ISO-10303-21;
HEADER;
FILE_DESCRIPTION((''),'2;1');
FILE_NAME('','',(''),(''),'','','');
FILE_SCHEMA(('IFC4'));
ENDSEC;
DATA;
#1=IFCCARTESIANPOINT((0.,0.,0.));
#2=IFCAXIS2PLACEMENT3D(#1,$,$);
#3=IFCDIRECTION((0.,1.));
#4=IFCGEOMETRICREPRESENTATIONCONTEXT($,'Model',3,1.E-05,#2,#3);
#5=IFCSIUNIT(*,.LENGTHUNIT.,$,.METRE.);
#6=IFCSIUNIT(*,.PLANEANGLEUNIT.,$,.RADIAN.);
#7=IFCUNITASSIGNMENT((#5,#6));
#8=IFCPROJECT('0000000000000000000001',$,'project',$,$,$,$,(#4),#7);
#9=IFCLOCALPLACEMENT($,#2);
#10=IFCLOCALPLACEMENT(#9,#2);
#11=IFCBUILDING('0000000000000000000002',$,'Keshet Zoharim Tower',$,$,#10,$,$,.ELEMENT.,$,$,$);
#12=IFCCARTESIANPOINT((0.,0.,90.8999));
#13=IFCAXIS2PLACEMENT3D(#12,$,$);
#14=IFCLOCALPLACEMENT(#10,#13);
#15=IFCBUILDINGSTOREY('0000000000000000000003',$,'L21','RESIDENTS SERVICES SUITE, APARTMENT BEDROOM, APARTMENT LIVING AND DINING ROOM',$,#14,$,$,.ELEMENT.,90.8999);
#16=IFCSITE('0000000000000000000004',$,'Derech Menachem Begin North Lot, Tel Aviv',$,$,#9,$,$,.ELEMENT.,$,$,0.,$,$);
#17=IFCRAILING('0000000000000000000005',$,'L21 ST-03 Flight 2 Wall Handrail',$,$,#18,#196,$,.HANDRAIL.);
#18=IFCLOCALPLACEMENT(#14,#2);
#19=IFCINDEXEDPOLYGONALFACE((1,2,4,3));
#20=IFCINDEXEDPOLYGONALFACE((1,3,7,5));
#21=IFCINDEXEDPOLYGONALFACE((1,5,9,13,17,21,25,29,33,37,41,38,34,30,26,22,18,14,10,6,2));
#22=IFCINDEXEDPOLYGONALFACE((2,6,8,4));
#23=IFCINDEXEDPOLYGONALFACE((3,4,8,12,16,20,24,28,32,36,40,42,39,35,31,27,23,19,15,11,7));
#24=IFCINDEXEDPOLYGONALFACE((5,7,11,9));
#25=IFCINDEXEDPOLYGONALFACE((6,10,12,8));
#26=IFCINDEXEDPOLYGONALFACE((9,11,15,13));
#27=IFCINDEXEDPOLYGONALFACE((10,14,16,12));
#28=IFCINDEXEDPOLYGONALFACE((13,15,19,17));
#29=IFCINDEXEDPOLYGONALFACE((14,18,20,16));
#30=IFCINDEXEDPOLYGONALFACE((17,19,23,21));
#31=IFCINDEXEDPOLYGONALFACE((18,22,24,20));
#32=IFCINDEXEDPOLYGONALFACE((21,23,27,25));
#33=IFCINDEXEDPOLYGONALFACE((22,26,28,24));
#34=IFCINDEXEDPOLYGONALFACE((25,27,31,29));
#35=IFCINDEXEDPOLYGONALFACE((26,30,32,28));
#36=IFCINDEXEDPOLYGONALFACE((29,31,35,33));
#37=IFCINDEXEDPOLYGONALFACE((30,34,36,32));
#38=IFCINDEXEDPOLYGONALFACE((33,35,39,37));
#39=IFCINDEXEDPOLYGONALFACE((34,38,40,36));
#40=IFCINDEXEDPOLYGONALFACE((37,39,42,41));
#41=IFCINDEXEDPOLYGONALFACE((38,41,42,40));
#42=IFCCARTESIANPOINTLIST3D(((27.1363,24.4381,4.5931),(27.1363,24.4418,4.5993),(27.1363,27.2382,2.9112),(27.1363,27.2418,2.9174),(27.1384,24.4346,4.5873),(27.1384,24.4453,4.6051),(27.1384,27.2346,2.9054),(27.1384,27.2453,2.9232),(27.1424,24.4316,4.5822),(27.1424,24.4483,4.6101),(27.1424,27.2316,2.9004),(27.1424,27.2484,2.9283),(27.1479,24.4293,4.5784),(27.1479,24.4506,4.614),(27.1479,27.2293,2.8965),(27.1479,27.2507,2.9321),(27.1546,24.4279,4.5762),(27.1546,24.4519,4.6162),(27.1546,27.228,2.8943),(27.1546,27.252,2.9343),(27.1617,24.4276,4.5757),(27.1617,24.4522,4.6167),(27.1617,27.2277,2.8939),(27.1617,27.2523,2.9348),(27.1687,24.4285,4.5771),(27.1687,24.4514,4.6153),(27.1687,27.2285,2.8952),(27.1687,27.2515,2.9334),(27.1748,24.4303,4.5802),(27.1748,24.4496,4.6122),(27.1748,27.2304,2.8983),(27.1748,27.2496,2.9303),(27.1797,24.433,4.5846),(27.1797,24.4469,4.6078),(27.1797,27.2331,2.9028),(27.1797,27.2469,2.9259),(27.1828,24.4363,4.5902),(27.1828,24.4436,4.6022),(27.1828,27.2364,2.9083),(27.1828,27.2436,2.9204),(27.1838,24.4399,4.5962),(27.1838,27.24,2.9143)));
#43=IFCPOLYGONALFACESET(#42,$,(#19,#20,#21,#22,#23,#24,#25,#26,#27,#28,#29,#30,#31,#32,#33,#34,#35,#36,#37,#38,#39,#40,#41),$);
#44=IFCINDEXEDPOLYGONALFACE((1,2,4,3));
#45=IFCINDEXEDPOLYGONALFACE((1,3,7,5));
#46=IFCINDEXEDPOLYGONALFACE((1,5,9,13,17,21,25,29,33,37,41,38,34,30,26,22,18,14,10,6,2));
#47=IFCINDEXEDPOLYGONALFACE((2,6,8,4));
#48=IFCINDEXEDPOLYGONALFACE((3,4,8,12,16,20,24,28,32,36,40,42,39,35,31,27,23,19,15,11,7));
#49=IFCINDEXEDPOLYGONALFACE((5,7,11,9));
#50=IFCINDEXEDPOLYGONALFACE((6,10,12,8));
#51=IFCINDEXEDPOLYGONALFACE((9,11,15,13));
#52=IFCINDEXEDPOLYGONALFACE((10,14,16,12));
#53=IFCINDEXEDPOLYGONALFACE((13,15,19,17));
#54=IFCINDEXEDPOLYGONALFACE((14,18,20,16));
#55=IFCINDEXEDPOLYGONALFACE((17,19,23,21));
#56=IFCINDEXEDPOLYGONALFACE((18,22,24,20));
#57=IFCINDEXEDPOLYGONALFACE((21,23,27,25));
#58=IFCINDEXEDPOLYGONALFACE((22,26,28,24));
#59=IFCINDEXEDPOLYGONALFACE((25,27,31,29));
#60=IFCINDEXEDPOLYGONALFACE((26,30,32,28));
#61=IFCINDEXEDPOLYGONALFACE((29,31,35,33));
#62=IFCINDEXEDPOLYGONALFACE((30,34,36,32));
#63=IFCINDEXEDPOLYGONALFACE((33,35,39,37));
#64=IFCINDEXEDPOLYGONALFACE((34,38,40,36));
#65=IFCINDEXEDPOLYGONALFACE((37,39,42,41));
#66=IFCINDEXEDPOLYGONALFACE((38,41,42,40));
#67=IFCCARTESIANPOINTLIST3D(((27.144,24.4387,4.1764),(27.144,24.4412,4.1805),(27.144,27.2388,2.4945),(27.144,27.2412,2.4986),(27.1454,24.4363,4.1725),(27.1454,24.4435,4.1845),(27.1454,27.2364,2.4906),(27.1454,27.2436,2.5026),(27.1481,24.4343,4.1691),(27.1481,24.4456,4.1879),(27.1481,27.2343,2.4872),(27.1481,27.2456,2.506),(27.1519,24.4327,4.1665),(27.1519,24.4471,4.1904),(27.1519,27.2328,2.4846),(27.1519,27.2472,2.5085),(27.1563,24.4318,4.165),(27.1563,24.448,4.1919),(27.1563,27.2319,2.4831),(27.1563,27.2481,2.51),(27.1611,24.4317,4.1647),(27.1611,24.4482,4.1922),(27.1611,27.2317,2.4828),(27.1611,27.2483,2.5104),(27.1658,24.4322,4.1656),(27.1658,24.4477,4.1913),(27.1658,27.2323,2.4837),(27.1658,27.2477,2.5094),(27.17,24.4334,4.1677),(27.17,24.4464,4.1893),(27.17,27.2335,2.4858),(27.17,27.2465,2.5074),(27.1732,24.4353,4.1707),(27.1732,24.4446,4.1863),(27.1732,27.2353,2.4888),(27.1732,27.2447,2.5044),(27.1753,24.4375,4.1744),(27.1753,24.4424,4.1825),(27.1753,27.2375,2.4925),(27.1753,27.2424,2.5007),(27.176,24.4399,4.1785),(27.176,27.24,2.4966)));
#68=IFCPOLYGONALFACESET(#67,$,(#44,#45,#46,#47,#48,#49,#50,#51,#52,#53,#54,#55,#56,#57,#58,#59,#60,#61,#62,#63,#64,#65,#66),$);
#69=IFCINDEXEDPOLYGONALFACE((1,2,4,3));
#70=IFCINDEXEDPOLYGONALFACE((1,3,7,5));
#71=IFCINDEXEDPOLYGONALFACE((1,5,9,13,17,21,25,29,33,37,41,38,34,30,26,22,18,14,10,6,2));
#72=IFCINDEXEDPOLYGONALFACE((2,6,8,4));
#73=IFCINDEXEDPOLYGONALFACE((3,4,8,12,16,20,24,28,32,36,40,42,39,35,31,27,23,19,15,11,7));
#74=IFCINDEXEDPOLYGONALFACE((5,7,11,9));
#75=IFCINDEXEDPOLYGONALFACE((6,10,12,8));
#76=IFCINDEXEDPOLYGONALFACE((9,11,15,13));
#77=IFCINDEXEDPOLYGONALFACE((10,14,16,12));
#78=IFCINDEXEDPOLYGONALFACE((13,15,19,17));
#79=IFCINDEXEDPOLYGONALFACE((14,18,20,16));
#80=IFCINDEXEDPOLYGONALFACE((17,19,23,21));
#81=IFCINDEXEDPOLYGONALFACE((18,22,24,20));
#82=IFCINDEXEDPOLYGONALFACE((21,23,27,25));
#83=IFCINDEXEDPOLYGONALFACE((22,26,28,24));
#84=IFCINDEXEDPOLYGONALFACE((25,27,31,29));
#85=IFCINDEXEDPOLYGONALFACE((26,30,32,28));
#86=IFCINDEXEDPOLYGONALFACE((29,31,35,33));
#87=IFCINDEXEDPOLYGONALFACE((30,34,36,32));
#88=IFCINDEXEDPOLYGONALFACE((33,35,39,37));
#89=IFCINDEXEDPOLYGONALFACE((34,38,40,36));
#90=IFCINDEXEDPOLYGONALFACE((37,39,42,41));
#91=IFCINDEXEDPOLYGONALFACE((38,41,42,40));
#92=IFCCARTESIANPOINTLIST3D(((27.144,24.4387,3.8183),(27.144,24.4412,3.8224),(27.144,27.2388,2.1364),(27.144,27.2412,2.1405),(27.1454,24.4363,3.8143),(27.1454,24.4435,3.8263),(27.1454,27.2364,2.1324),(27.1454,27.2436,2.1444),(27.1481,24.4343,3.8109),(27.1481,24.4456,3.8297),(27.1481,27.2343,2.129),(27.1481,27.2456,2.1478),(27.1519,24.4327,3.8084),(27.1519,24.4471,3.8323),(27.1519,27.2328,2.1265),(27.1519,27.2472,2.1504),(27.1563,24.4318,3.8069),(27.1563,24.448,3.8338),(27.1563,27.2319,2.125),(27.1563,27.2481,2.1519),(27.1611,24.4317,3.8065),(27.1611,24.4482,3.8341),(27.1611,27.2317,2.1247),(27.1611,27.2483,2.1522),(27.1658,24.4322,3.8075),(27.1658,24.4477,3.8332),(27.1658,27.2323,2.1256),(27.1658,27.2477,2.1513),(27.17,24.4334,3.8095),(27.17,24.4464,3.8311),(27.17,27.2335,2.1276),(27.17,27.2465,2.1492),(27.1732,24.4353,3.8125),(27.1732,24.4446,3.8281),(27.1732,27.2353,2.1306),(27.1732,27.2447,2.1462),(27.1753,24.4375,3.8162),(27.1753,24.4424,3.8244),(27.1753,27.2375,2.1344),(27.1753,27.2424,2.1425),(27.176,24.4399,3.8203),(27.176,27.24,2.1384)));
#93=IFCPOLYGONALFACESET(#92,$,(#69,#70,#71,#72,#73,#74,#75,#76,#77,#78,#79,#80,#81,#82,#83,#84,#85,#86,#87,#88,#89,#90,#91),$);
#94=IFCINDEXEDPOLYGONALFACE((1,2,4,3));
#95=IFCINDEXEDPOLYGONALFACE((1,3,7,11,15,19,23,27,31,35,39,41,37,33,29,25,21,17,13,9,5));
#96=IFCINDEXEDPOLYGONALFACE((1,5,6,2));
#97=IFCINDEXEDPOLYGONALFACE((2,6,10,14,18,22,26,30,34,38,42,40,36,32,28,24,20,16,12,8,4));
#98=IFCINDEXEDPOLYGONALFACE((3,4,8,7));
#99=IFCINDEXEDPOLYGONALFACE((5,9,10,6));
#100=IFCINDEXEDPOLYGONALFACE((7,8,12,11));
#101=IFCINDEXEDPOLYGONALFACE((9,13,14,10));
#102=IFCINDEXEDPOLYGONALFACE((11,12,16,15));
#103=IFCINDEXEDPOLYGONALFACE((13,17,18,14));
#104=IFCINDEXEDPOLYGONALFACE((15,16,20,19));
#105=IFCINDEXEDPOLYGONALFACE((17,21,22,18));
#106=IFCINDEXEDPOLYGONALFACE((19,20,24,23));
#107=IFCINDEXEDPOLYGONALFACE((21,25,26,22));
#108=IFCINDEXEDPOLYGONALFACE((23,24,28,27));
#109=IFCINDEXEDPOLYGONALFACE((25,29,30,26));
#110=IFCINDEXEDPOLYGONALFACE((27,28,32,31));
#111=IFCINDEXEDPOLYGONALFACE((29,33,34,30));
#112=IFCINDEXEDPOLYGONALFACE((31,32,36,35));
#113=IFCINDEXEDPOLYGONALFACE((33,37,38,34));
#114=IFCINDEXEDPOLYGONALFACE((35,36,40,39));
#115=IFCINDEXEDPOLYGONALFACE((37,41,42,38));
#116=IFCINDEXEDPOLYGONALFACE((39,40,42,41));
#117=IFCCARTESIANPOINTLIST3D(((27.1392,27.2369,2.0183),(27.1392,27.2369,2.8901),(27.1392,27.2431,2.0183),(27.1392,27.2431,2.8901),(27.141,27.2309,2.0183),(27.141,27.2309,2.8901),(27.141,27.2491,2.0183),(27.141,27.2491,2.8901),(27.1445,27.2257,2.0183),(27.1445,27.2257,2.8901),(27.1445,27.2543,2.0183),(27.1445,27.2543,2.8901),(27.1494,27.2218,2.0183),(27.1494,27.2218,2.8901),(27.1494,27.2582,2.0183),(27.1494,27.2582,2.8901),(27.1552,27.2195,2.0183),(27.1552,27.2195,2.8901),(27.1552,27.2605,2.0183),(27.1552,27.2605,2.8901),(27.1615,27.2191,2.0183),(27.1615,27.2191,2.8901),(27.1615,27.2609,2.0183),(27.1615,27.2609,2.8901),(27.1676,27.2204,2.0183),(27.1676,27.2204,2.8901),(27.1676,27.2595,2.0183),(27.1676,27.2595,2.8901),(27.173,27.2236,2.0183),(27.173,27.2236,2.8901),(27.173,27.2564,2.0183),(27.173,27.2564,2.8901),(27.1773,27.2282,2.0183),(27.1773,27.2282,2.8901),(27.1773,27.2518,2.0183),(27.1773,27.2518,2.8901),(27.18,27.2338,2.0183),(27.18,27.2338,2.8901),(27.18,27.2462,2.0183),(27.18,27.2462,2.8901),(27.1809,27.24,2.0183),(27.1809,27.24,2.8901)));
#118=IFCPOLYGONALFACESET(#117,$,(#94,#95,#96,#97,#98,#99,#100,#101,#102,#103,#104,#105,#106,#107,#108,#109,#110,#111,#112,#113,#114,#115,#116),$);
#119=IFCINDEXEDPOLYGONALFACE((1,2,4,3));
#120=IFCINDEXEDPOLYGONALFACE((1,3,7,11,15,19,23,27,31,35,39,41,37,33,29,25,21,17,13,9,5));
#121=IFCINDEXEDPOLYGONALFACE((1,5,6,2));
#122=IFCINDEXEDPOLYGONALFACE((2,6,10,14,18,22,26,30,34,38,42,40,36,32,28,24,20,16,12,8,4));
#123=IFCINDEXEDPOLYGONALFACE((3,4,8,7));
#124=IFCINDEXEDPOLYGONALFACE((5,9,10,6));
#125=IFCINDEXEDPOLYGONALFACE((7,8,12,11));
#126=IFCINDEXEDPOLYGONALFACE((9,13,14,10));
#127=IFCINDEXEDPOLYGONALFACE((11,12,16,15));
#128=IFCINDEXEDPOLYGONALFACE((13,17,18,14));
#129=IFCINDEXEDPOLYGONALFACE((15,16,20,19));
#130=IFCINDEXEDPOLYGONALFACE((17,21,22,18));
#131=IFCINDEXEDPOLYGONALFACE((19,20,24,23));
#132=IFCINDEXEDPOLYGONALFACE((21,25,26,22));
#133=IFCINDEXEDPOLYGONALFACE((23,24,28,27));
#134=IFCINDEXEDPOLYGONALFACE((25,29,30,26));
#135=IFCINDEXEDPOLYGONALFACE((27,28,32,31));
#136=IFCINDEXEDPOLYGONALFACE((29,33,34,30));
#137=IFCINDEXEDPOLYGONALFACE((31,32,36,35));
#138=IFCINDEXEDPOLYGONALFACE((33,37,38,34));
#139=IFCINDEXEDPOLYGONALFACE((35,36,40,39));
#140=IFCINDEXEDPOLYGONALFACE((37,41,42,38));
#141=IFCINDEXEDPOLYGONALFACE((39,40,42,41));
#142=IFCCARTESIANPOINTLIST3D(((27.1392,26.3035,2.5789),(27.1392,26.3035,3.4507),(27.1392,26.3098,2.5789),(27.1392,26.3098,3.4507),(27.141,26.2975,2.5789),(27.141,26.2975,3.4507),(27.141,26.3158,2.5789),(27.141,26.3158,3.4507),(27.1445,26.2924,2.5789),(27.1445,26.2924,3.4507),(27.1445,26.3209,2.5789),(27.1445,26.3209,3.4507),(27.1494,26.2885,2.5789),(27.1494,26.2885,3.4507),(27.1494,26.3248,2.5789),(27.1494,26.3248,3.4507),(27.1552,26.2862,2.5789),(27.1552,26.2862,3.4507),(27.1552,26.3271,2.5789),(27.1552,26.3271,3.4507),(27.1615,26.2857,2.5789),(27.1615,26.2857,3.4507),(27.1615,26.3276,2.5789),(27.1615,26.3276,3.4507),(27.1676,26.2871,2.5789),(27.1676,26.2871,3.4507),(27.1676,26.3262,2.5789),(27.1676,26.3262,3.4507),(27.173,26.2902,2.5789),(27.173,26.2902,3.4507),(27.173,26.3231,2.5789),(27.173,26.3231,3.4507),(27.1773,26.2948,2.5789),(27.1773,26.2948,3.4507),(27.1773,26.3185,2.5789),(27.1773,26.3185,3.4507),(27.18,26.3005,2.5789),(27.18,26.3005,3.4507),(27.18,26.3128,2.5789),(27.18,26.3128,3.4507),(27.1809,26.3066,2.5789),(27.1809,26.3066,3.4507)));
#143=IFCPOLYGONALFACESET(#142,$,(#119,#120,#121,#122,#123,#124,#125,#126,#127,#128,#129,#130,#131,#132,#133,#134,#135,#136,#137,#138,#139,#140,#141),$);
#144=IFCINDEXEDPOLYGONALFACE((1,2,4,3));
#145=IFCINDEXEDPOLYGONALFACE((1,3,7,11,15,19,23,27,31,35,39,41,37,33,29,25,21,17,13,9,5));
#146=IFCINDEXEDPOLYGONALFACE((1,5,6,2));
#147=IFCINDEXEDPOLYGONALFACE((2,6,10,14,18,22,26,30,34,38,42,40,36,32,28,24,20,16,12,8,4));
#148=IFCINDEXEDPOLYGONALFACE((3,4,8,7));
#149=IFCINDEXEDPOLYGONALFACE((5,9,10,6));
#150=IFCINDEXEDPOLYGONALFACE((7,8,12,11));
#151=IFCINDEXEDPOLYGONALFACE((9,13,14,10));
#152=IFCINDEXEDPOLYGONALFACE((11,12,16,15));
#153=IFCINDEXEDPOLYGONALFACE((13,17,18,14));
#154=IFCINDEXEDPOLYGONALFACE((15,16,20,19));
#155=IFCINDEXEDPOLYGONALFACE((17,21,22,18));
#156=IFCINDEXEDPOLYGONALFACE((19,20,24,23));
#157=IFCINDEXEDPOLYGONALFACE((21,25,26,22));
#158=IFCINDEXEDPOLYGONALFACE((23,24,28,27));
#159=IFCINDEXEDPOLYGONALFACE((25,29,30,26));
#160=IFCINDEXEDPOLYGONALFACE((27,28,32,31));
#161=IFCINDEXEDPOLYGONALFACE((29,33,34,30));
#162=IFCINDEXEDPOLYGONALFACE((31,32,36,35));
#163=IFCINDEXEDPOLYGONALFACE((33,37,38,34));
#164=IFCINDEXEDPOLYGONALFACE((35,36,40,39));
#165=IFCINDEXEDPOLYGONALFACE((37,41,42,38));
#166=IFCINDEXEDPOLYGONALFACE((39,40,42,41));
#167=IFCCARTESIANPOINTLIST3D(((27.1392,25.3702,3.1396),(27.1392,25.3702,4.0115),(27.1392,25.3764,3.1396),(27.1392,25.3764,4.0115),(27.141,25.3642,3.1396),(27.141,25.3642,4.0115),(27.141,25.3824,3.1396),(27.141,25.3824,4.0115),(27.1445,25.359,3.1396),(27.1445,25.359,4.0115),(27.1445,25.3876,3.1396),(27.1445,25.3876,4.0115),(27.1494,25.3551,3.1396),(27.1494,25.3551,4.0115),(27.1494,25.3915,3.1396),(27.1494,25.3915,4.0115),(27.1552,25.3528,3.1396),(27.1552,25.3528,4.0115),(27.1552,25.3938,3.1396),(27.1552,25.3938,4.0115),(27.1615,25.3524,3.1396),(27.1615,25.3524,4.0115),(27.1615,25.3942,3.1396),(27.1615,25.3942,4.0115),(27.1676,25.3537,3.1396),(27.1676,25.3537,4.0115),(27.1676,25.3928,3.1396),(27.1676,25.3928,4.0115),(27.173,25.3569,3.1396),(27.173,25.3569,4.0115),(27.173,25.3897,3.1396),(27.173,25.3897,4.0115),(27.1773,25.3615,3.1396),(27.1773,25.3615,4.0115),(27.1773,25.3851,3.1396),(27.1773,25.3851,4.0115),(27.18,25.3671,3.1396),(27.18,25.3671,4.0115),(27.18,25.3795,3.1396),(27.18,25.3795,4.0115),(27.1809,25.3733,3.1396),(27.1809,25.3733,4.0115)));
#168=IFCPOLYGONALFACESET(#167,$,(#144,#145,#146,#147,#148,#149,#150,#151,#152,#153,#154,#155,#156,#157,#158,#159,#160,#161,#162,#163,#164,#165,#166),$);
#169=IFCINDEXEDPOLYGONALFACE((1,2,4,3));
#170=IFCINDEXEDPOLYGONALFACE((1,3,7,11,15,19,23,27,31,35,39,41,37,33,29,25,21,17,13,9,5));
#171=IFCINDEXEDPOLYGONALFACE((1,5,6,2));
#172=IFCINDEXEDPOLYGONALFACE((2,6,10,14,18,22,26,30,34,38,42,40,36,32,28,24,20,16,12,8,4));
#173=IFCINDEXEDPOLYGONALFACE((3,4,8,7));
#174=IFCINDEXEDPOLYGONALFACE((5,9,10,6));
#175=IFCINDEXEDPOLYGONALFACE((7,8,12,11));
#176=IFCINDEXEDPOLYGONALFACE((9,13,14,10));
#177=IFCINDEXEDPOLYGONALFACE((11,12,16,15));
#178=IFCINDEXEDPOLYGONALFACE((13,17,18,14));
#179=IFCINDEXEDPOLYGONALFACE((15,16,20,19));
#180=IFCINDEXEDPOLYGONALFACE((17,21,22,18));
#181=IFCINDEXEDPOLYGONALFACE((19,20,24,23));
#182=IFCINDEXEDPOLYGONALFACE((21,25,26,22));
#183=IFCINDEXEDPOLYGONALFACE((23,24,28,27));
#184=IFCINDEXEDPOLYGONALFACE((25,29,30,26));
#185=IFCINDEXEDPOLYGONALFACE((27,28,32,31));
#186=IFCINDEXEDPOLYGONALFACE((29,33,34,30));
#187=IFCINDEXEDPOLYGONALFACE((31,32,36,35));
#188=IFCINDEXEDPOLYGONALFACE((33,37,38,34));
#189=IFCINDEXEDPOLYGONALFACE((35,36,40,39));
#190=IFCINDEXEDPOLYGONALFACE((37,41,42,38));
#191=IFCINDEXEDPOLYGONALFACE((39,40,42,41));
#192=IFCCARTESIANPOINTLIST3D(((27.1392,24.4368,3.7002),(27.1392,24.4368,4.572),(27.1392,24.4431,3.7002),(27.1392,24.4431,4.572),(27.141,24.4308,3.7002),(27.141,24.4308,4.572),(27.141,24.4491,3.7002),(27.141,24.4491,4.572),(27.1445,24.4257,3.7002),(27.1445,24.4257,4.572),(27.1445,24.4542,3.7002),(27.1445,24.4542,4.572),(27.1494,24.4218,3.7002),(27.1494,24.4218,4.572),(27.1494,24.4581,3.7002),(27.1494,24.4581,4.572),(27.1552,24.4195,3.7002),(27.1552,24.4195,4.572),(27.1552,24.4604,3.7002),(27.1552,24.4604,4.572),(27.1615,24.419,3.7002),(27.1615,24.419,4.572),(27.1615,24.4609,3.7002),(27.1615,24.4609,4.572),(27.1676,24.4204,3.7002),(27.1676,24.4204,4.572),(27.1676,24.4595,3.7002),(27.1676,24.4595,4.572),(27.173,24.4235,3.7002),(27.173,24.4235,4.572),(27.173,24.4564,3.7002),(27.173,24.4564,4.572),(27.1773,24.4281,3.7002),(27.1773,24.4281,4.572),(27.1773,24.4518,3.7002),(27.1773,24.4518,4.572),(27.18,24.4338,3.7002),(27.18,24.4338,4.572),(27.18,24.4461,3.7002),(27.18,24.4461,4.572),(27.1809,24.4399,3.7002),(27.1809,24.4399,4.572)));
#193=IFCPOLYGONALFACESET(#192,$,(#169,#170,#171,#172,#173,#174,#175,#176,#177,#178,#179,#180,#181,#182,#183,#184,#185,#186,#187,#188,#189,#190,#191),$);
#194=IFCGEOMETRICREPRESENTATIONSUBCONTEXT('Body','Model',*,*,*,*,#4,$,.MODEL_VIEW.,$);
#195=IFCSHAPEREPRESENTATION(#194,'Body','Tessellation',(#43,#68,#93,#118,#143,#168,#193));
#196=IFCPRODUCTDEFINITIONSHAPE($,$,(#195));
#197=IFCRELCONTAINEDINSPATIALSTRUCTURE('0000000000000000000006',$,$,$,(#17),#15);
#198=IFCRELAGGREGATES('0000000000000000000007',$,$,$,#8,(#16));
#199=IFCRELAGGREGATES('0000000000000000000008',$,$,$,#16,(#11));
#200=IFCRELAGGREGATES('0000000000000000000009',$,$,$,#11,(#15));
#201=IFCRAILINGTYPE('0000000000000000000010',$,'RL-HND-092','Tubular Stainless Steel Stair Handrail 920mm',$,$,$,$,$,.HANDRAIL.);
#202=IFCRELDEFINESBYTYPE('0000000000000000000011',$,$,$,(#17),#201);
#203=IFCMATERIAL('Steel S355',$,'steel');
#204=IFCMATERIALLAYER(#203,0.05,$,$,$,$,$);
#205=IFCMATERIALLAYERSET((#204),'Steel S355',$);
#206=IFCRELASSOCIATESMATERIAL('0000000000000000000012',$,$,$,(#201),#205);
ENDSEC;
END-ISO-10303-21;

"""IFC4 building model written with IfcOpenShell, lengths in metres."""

from ifc_helpers import new_model, si_unit, direction, frame, origin, origin_2d, place, context, subcontext, project, spatial, circle, extrude, material, layer, layer_set, type_object, element, save


model = new_model("IFC4")

# Units and contexts
model_context = context("Model", 3, precision=1e-05, world=origin(), true_north=direction((0.0, 1.0)))
body_context = subcontext(model_context, "Body", "Model", "MODEL_VIEW")
ifc_project = project(units=[si_unit("LENGTHUNIT", "METRE"), si_unit("PLANEANGLEUNIT", "RADIAN")], contexts=[model_context])

# Site, building, storey
site_placement = place(None, origin())
site = spatial("IfcSite", under=ifc_project, at=site_placement, Name="Derech Menachem Begin North Lot, Tel Aviv", CompositionType="ELEMENT", RefElevation=0.0)
building_placement = place(site_placement, origin())
building = spatial("IfcBuilding", under=site, at=building_placement, Name="Keshet Zoharim Tower", CompositionType="ELEMENT")
storey_placement = place(building_placement, frame((0.0, 0.0, 90.8999)))
storey = spatial("IfcBuildingStorey", under=building, at=storey_placement, Name="L21", Description="RESIDENTS SERVICES SUITE, APARTMENT BEDROOM, APARTMENT LIVING AND DINING ROOM", CompositionType="ELEMENT", Elevation=90.8999)

# Shared definitions
ifc_material_1 = material(Name="Steel S355", Category="steel")

# Railing
ifc_layer_1 = layer(ifc_material_1, 0.05)
ifc_layer_set_1 = layer_set([ifc_layer_1], Name="Steel S355")
railing_type_1 = type_object("IfcRailingType", Name="RL-HND-092", Description="Tubular Stainless Steel Stair Handrail 920mm", PredefinedType="HANDRAIL", material=ifc_layer_set_1)
for number, where, name in (
    (1, (27.1599, 27.24, 2.0183), "L21 ST-03 Flight 2 Wall Handrail"),
):
    element("IfcRailing", number, at=place(storey_placement, frame(where)), inside=storey, type_object=railing_type_1, Name=name, PredefinedType="HANDRAIL", context=body_context, shape_type="SweptSolid", body=[
        extrude(circle(Radius=0.0239, at=origin_2d()), frame((0.0, 0.0, 0.896), z_axis=(0.0, -0.857242, 0.514913), x_axis=(1.0, 0.0, 0.0)), (0.0, 0.0, 1.0), 3.2664),
        extrude(circle(Radius=0.0161, at=origin_2d()), frame((0.0, 0.0, 0.4783), z_axis=(0.0, -0.857242, 0.514913), x_axis=(1.0, 0.0, 0.0)), (0.0, 0.0, 1.0), 3.2664),
        extrude(circle(Radius=0.0161, at=origin_2d()), frame((0.0, 0.0, 0.1201), z_axis=(0.0, -0.857242, 0.514913), x_axis=(1.0, 0.0, 0.0)), (0.0, 0.0, 1.0), 3.2664),
        extrude(circle(Radius=0.021, at=origin_2d()), origin(), (0.0, 0.0, 1.0), 0.8718),
        extrude(circle(Radius=0.021, at=origin_2d()), frame((0.0, -0.9333, 0.5605)), (0.0, 0.0, 1.0), 0.8718),
        extrude(circle(Radius=0.021, at=origin_2d()), frame((0.0, -1.8667, 1.1213)), (0.0, 0.0, 1.0), 0.8718),
        extrude(circle(Radius=0.021, at=origin_2d()), frame((0.0, -2.8, 1.6819)), (0.0, 0.0, 1.0), 0.8718),
    ])

save(model, "model.ifc")
